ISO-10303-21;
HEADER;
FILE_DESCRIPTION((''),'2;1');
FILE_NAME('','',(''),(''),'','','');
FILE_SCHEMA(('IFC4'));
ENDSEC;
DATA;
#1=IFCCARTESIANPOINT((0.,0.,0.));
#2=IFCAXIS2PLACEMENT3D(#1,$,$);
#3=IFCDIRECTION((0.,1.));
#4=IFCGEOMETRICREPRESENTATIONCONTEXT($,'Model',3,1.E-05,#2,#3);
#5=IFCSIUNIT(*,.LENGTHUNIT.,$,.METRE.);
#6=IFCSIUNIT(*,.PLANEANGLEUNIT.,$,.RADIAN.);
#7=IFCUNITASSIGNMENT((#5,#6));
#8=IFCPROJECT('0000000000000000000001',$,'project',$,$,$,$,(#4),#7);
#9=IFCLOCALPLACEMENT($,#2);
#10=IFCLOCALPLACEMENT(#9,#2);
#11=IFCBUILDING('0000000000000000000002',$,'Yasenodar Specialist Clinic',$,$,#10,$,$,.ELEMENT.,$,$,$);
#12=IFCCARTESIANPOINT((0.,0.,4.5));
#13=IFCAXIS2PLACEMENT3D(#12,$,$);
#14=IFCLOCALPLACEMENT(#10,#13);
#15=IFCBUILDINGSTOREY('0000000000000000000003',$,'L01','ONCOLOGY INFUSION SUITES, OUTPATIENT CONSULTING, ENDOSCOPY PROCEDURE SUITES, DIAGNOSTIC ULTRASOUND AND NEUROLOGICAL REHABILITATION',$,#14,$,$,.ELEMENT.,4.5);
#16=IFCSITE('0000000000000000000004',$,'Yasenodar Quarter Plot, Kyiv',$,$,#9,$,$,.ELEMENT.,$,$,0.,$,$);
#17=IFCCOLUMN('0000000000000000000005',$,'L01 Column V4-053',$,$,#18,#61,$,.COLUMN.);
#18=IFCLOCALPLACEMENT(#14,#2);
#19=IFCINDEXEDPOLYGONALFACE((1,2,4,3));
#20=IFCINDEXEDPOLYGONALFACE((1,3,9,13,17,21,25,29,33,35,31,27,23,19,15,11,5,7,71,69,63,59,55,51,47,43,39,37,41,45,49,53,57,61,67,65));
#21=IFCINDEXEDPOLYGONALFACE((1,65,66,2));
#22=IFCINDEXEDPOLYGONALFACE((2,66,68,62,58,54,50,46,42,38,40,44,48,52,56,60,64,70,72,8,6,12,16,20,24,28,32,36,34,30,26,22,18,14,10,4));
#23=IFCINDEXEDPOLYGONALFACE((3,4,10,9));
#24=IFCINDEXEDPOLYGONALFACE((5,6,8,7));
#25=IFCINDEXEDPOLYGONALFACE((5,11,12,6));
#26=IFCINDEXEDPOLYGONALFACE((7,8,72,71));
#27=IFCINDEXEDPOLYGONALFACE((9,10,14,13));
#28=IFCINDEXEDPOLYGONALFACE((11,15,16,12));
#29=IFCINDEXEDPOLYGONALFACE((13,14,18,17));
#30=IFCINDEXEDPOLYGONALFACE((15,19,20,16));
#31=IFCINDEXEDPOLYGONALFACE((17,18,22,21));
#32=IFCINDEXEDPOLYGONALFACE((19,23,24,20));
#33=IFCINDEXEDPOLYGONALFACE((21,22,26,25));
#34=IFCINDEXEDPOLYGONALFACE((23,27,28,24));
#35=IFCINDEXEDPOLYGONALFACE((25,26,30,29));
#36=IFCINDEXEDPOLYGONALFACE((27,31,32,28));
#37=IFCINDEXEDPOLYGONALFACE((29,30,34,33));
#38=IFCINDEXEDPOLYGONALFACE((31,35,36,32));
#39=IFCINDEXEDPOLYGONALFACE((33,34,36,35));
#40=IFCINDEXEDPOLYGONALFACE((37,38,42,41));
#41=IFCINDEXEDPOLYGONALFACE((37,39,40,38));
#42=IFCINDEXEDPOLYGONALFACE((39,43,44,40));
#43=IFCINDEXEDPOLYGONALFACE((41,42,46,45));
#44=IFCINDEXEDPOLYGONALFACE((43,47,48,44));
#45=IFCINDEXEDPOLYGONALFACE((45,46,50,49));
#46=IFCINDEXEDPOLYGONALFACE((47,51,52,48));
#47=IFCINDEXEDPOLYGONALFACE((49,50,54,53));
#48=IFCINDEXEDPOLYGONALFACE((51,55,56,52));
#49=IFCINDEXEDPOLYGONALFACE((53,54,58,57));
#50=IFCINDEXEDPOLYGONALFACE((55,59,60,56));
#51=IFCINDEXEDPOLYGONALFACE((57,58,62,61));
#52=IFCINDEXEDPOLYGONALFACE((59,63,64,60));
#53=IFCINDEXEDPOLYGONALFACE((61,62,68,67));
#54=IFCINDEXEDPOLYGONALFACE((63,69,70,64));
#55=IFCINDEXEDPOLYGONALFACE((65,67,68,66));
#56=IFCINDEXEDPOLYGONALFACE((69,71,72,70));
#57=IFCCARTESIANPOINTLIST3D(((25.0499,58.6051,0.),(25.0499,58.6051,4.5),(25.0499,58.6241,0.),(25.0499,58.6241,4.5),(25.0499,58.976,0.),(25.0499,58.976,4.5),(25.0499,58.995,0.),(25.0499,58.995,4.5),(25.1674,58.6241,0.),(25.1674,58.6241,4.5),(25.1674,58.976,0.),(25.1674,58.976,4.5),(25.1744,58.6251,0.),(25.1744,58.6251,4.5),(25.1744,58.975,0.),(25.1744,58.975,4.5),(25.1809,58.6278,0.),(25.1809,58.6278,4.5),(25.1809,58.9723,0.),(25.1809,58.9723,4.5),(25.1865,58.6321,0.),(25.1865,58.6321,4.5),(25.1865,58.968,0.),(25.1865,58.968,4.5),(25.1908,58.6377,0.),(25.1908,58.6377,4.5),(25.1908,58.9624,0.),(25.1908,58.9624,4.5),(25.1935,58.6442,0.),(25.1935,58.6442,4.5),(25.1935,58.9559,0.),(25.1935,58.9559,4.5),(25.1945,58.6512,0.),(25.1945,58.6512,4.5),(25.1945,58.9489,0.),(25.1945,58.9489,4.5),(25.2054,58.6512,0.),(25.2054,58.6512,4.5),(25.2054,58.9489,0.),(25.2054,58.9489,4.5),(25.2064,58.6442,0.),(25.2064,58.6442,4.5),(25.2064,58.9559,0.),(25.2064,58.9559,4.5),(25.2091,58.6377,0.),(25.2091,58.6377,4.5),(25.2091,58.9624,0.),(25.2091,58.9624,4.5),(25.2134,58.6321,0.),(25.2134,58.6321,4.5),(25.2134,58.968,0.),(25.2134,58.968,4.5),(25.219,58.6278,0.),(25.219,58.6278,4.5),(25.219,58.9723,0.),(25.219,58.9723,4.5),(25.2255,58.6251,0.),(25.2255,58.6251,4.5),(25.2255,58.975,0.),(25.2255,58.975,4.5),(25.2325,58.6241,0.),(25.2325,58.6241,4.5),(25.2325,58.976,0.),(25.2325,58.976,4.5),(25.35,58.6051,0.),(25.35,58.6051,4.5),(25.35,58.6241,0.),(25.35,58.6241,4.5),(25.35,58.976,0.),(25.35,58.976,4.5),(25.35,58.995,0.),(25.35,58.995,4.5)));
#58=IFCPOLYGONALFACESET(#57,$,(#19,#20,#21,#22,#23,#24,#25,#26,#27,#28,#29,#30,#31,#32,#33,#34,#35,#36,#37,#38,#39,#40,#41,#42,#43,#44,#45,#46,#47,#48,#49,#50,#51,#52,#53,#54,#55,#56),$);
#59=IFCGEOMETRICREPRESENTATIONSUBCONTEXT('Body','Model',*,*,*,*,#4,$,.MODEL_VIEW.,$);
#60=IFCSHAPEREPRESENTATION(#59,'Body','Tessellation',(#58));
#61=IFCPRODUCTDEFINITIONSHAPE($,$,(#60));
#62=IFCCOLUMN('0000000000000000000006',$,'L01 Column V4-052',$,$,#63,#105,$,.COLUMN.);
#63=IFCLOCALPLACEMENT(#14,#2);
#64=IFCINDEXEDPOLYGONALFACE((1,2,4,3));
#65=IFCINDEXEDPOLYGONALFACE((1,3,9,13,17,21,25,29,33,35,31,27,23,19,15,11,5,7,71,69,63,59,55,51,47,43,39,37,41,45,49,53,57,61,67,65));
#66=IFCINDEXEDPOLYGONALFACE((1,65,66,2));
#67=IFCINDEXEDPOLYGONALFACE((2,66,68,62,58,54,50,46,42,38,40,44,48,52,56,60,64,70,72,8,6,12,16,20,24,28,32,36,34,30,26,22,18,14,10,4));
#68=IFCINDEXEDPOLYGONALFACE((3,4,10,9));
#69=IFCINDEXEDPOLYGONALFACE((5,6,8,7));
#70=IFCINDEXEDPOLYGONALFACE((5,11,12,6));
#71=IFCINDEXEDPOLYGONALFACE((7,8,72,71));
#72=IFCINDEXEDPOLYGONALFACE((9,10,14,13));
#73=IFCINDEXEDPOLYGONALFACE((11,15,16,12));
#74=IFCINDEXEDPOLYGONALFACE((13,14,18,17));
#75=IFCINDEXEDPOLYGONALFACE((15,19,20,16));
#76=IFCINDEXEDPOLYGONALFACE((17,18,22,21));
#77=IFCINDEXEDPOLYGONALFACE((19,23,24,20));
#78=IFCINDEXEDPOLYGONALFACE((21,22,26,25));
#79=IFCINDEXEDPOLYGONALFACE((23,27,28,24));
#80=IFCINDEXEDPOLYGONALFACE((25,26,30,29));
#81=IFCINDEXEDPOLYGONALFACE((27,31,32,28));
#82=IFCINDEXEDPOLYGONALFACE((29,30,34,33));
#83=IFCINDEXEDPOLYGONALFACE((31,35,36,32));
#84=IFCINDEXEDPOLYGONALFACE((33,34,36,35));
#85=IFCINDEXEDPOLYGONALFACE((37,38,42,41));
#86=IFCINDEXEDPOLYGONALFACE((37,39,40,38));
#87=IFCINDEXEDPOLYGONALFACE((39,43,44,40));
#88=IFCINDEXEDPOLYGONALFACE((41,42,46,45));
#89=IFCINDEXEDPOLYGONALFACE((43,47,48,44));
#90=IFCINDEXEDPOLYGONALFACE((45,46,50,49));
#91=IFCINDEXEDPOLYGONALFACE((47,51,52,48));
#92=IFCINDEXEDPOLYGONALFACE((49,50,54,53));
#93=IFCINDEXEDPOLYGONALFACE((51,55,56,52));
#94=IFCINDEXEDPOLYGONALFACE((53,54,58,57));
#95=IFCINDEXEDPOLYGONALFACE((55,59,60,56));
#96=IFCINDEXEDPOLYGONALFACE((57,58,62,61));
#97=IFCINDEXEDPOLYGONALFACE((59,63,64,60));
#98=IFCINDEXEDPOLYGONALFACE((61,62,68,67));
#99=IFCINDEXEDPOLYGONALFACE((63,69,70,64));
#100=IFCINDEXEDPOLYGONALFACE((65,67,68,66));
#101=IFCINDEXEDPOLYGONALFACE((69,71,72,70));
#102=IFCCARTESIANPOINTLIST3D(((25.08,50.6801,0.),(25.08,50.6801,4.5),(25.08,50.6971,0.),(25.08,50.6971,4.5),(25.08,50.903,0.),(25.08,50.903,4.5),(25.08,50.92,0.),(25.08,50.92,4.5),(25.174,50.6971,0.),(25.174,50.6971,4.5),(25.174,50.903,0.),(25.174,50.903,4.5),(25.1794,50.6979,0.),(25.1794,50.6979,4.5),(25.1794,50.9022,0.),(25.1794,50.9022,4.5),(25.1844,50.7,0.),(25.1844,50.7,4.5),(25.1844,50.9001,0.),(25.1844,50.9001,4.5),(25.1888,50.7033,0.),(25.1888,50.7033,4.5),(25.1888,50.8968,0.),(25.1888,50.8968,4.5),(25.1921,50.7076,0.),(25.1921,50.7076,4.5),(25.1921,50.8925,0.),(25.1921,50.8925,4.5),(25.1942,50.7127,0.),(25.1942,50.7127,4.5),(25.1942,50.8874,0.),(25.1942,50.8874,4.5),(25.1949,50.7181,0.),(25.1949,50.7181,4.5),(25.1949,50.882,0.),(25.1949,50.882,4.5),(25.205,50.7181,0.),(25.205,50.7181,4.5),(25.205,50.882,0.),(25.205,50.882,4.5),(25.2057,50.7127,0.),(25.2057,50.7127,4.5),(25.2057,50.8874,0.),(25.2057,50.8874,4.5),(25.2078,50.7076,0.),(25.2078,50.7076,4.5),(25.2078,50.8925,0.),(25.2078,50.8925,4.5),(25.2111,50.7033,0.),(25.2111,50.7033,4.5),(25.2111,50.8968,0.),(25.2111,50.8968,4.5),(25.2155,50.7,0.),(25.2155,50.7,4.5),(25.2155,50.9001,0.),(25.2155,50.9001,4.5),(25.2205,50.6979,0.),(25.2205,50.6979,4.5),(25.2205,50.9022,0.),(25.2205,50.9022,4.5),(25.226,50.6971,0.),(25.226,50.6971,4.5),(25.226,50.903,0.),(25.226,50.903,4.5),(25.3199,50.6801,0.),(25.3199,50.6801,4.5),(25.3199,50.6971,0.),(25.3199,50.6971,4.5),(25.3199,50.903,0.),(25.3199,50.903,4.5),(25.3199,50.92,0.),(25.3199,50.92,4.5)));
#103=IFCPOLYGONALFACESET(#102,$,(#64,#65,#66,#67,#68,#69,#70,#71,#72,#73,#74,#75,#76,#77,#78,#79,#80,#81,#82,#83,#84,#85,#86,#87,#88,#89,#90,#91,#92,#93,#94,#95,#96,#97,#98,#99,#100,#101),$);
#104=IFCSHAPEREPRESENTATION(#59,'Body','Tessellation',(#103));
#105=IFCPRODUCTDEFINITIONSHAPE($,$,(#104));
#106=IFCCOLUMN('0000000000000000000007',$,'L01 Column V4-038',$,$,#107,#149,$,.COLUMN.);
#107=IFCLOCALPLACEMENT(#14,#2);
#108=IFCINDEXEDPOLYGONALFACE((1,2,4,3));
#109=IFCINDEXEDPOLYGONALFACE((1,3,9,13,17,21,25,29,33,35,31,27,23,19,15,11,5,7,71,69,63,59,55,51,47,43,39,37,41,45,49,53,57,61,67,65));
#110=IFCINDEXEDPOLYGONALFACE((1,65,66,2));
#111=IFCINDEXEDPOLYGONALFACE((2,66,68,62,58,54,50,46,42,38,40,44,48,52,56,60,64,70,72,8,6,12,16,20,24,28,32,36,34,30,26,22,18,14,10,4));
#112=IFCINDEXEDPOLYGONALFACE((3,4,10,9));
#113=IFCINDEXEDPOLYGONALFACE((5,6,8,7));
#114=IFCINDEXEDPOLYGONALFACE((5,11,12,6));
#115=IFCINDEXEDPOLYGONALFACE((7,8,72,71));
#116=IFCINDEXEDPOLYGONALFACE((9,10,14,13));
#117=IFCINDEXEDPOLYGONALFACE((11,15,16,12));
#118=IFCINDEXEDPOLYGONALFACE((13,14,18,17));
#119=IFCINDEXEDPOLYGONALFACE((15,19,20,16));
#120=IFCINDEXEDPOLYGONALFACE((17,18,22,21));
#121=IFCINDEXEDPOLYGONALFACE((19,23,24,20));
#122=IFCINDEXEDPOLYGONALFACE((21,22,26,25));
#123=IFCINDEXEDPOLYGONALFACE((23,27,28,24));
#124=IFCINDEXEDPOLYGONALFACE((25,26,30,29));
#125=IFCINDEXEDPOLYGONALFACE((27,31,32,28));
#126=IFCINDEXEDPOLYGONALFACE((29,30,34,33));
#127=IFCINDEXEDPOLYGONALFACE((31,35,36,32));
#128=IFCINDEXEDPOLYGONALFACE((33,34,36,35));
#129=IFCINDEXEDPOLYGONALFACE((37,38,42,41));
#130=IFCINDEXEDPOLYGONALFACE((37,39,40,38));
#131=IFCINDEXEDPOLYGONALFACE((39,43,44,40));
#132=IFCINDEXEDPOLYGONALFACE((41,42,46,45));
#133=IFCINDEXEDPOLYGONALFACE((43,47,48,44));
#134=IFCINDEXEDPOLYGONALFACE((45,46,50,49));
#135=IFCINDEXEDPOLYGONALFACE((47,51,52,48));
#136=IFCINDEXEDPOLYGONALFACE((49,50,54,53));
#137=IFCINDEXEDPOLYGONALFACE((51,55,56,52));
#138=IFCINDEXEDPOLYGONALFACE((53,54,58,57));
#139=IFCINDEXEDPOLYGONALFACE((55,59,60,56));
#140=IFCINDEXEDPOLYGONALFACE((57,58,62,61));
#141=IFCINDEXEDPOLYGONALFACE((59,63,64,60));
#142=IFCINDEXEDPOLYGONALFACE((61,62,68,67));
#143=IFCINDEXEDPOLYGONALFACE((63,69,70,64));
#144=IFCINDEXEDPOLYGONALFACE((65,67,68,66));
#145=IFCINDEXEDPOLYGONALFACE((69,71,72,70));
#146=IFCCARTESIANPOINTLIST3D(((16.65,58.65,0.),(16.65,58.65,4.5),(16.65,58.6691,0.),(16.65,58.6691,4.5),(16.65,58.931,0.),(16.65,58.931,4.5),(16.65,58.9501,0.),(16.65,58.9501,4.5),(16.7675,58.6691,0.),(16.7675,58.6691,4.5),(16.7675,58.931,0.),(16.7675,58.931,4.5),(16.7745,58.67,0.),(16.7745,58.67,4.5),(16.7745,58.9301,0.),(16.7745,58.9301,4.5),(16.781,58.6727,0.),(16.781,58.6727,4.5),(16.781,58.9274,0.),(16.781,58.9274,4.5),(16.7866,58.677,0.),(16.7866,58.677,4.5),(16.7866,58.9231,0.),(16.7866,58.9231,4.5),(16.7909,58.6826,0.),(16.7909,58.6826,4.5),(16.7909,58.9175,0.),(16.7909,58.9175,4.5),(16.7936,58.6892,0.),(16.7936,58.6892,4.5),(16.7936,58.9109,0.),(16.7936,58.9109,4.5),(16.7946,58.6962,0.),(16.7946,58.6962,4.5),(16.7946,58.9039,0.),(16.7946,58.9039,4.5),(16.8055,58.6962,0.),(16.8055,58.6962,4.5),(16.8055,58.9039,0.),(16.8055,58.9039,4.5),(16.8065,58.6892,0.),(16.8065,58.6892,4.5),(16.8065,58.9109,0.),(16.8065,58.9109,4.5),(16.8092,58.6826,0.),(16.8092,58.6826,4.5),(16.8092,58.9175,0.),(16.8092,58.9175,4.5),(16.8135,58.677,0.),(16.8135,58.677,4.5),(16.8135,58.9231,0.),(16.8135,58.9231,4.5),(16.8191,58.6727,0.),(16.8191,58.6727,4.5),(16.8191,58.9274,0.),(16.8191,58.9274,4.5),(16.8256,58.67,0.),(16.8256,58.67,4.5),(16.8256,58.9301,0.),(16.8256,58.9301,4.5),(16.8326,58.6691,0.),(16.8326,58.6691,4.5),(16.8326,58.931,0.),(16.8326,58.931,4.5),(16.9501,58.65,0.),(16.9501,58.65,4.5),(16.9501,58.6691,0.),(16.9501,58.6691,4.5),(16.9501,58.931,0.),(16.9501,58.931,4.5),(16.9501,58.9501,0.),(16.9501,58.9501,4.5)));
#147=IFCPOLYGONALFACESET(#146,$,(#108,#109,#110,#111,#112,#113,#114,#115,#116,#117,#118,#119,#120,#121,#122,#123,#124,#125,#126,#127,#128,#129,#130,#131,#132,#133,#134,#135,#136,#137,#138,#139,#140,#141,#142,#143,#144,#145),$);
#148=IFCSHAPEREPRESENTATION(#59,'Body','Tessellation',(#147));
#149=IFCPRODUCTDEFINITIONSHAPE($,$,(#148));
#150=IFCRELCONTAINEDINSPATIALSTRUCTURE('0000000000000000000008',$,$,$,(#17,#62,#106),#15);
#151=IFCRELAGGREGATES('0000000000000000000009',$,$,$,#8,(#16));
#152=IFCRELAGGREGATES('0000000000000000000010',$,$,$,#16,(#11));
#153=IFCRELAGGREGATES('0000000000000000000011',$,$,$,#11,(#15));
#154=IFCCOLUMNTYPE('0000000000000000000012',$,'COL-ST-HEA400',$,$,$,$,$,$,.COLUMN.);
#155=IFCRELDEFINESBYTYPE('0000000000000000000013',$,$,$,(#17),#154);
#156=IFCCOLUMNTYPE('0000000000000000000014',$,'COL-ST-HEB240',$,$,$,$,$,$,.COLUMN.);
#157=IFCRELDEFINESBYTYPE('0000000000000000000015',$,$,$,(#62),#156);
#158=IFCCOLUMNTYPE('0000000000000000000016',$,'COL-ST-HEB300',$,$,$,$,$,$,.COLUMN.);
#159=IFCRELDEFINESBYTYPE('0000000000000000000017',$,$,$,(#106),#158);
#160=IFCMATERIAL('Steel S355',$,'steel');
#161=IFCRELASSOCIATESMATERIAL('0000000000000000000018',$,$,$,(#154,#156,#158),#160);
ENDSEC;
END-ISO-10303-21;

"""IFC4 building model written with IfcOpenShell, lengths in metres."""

from ifc_helpers import new_model, si_unit, direction, frame, origin, origin_2d, place, context, subcontext, project, spatial, i_section, extrude, material, material_profile, profile_set, type_object, element, save


model = new_model("IFC4")

# Units and contexts
model_context = context("Model", 3, precision=1e-05, world=origin(), true_north=direction((0.0, 1.0)))
body_context = subcontext(model_context, "Body", "Model", "MODEL_VIEW")
ifc_project = project(units=[si_unit("LENGTHUNIT", "METRE"), si_unit("PLANEANGLEUNIT", "RADIAN")], contexts=[model_context])

# Site, building, storey
site_placement = place(None, origin())
site = spatial("IfcSite", under=ifc_project, at=site_placement, Name="Yasenodar Quarter Plot, Kyiv", CompositionType="ELEMENT", RefElevation=0.0)
building_placement = place(site_placement, origin())
building = spatial("IfcBuilding", under=site, at=building_placement, Name="Yasenodar Specialist Clinic", CompositionType="ELEMENT")
storey_placement = place(building_placement, frame((0.0, 0.0, 4.5)))
storey = spatial("IfcBuildingStorey", under=building, at=storey_placement, Name="L01", Description="ONCOLOGY INFUSION SUITES, OUTPATIENT CONSULTING, ENDOSCOPY PROCEDURE SUITES, DIAGNOSTIC ULTRASOUND AND NEUROLOGICAL REHABILITATION", CompositionType="ELEMENT", Elevation=4.5)

# Columns
ifc_material_1 = material(Name="Steel S355", Category="steel")
ifc_material_profile_1 = material_profile(ifc_material_1, i_section(OverallWidth=0.3, OverallDepth=0.3899, WebThickness=0.011, FlangeThickness=0.019, FilletRadius=0.0271, at=origin_2d()), Name="HEA 400")
ifc_profile_set_1 = profile_set([ifc_material_profile_1], Name="Steel S355")
column_type_1 = type_object("IfcColumnType", Name="COL-ST-HEA400", PredefinedType="COLUMN", material=ifc_profile_set_1)
column_1_placement = place(storey_placement, frame((25.2, 58.8, 0.0), z_axis=(0.0, 0.0, 1.0), x_axis=(1.0, 0.0, 0.0)))
element("IfcColumn", 1, at=column_1_placement, inside=storey, type_object=column_type_1, Name="L01 Column V4-053", PredefinedType="COLUMN", context=body_context, shape_type="SweptSolid", body=[
    extrude(i_section(OverallWidth=0.3, OverallDepth=0.3899, WebThickness=0.011, FlangeThickness=0.019, FilletRadius=0.0271, at=origin_2d()), origin(), (0.0, 0.0, 1.0), 4.5),
])
ifc_material_profile_2 = material_profile(ifc_material_1, i_section(OverallWidth=0.24, OverallDepth=0.24, WebThickness=0.01, FlangeThickness=0.0171, FilletRadius=0.021, at=origin_2d()), Name="HEB 240")
ifc_profile_set_2 = profile_set([ifc_material_profile_2], Name="Steel S355")
column_type_2 = type_object("IfcColumnType", Name="COL-ST-HEB240", PredefinedType="COLUMN", material=ifc_profile_set_2)
column_2_placement = place(storey_placement, frame((25.2, 50.8, 0.0), z_axis=(0.0, 0.0, 1.0), x_axis=(1.0, 0.0, 0.0)))
element("IfcColumn", 2, at=column_2_placement, inside=storey, type_object=column_type_2, Name="L01 Column V4-052", PredefinedType="COLUMN", context=body_context, shape_type="SweptSolid", body=[
    extrude(i_section(OverallWidth=0.24, OverallDepth=0.24, WebThickness=0.01, FlangeThickness=0.0171, FilletRadius=0.021, at=origin_2d()), origin(), (0.0, 0.0, 1.0), 4.5),
])
ifc_material_profile_3 = material_profile(ifc_material_1, i_section(OverallWidth=0.3, OverallDepth=0.3, WebThickness=0.011, FlangeThickness=0.019, FilletRadius=0.0271, at=origin_2d()), Name="HEB 300")
ifc_profile_set_3 = profile_set([ifc_material_profile_3], Name="Steel S355")
column_type_3 = type_object("IfcColumnType", Name="COL-ST-HEB300", PredefinedType="COLUMN", material=ifc_profile_set_3)
column_3_placement = place(storey_placement, frame((16.8, 58.8, 0.0), z_axis=(0.0, 0.0, 1.0), x_axis=(1.0, 0.0, 0.0)))
element("IfcColumn", 3, at=column_3_placement, inside=storey, type_object=column_type_3, Name="L01 Column V4-038", PredefinedType="COLUMN", context=body_context, shape_type="SweptSolid", body=[
    extrude(i_section(OverallWidth=0.3, OverallDepth=0.3, WebThickness=0.011, FlangeThickness=0.019, FilletRadius=0.0271, at=origin_2d()), origin(), (0.0, 0.0, 1.0), 4.5),
])

save(model, "model.ifc")
